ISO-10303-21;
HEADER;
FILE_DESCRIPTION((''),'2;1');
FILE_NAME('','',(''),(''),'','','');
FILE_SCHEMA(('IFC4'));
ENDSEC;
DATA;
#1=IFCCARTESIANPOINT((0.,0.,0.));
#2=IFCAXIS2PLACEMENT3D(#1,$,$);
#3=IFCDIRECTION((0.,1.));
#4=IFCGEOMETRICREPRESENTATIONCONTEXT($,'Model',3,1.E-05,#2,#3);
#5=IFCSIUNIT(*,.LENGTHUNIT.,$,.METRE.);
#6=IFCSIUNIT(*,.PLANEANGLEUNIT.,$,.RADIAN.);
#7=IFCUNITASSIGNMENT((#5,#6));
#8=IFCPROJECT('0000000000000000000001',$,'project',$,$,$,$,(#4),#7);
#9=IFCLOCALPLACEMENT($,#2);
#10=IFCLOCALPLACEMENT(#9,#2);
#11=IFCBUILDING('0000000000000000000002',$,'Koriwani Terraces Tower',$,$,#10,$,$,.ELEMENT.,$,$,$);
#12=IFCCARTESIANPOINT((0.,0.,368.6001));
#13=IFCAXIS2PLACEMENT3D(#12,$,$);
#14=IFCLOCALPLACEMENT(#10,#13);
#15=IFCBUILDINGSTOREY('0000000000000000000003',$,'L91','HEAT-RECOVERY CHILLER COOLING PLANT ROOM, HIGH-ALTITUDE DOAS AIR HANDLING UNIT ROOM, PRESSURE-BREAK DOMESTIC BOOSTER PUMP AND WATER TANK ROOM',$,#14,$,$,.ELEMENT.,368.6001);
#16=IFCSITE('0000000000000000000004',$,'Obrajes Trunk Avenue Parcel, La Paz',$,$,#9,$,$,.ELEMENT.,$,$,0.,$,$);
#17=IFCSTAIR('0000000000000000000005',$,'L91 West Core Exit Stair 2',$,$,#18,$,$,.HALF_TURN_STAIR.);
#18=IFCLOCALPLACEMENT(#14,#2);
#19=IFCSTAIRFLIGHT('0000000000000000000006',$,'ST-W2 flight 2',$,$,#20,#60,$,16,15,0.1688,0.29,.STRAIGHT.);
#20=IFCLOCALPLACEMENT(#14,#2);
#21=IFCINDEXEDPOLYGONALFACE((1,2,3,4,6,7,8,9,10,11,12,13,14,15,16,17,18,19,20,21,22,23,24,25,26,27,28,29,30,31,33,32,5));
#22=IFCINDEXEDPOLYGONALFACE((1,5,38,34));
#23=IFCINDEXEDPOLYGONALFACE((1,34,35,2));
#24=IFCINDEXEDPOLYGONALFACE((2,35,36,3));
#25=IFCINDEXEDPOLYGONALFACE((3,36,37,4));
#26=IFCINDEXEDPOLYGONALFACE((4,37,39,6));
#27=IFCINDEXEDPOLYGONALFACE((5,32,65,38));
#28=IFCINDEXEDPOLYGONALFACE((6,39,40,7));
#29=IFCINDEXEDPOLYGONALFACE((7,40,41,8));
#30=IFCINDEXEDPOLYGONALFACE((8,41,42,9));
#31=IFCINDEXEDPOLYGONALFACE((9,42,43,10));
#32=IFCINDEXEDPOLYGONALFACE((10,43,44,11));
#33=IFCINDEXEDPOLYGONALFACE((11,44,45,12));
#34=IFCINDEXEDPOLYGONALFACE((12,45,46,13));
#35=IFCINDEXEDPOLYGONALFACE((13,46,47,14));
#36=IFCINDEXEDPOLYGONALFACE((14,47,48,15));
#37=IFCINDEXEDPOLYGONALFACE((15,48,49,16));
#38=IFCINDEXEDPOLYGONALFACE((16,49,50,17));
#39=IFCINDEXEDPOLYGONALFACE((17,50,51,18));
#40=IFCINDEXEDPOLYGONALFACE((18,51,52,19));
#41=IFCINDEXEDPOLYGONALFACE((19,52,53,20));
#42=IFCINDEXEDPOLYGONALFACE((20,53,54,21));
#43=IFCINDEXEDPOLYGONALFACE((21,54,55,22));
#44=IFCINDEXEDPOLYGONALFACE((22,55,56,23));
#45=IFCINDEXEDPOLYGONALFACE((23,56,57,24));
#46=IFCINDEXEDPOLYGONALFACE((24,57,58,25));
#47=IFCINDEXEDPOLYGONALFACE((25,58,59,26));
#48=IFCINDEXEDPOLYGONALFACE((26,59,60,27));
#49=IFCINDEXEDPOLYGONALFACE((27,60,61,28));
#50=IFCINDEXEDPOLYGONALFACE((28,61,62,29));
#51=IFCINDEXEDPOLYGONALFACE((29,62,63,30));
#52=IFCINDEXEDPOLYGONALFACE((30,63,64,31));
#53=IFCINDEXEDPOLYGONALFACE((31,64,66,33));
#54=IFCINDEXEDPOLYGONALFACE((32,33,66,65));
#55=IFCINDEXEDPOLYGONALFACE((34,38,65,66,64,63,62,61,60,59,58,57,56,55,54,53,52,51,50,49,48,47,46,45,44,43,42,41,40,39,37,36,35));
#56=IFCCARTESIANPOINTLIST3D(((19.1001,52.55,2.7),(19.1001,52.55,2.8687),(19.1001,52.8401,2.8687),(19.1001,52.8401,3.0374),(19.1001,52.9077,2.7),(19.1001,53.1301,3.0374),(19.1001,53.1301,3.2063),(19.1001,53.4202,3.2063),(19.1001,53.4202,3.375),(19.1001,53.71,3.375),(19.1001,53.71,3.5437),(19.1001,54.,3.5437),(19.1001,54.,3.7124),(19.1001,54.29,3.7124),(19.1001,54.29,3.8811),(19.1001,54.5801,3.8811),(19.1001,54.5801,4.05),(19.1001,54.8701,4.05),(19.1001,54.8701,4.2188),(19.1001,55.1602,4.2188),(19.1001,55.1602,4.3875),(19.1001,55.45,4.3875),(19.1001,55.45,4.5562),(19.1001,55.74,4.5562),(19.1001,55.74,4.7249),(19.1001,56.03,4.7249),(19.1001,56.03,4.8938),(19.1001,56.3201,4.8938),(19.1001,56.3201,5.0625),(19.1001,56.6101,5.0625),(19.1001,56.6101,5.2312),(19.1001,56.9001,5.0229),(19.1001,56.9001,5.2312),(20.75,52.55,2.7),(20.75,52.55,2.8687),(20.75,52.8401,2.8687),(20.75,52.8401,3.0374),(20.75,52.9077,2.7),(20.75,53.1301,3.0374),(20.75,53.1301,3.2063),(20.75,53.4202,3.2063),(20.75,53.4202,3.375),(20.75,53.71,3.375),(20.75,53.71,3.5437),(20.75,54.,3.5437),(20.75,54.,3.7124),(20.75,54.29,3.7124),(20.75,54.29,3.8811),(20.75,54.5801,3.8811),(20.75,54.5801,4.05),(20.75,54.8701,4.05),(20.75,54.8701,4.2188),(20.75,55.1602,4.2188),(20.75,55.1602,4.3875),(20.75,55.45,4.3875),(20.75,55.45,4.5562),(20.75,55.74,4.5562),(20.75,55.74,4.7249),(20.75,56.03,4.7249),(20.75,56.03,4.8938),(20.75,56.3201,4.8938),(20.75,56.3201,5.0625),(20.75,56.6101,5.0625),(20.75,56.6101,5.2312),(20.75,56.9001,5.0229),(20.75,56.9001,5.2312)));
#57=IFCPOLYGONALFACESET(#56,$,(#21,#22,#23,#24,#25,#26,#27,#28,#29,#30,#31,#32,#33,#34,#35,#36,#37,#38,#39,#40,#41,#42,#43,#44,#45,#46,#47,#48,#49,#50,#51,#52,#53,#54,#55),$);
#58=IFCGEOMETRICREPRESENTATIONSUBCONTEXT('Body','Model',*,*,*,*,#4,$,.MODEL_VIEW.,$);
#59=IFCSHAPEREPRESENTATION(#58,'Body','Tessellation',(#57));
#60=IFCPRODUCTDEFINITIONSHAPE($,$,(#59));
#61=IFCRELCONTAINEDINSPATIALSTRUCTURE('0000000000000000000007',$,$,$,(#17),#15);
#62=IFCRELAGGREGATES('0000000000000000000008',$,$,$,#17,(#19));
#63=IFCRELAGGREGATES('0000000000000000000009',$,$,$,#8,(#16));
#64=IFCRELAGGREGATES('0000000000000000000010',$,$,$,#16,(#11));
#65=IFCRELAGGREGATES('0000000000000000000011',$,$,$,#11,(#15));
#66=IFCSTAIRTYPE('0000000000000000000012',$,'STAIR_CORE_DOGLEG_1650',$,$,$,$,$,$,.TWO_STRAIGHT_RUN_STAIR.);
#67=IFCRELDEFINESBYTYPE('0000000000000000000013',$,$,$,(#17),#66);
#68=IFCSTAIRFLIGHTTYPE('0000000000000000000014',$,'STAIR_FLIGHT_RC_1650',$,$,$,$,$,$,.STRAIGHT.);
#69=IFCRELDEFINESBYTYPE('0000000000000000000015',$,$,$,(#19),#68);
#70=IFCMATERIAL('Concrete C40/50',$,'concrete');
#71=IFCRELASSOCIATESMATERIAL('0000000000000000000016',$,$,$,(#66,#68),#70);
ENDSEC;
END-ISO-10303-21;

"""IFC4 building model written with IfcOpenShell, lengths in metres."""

from ifc_helpers import new_model, si_unit, direction, frame, origin, place, context, subcontext, project, spatial, polyline, outline, extrude, material, type_object, element, aggregate, save


model = new_model("IFC4")

# Units and contexts
model_context = context("Model", 3, precision=1e-05, world=origin(), true_north=direction((0.0, 1.0)))
body_context = subcontext(model_context, "Body", "Model", "MODEL_VIEW")
ifc_project = project(units=[si_unit("LENGTHUNIT", "METRE"), si_unit("PLANEANGLEUNIT", "RADIAN")], contexts=[model_context])

# Site, building, storey
site_placement = place(None, origin())
site = spatial("IfcSite", under=ifc_project, at=site_placement, Name="Obrajes Trunk Avenue Parcel, La Paz", CompositionType="ELEMENT", RefElevation=0.0)
building_placement = place(site_placement, origin())
building = spatial("IfcBuilding", under=site, at=building_placement, Name="Koriwani Terraces Tower", CompositionType="ELEMENT")
storey_placement = place(building_placement, frame((0.0, 0.0, 368.6001)))
storey = spatial("IfcBuildingStorey", under=building, at=storey_placement, Name="L91", Description="HEAT-RECOVERY CHILLER COOLING PLANT ROOM, HIGH-ALTITUDE DOAS AIR HANDLING UNIT ROOM, PRESSURE-BREAK DOMESTIC BOOSTER PUMP AND WATER TANK ROOM", CompositionType="ELEMENT", Elevation=368.6001)

# Shared definitions
ifc_material_1 = material(Name="Concrete C40/50", Category="concrete")

# Stair, stair flight
stair_type = type_object("IfcStairType", Name="STAIR_CORE_DOGLEG_1650", PredefinedType="TWO_STRAIGHT_RUN_STAIR", material=ifc_material_1)
stair_placement = place(storey_placement, origin())
stair = element("IfcStair", 1, at=stair_placement, inside=storey, type_object=stair_type, Name="L91 West Core Exit Stair 2", PredefinedType="HALF_TURN_STAIR")
stair_flight_type = type_object("IfcStairFlightType", Name="STAIR_FLIGHT_RC_1650", PredefinedType="STRAIGHT", material=ifc_material_1)
stair_flight_1_placement = place(storey_placement, frame((19.925, 52.55, 2.7), z_axis=(0.0, 0.0, 1.0), x_axis=(0.0, 1.0, 0.0)))
stair_flight_1 = element("IfcStairFlight", 2, at=stair_flight_1_placement, type_object=stair_flight_type, Name="ST-W2 flight 2", NumberOfRisers=16, NumberOfTreads=15, PredefinedType="STRAIGHT", RiserHeight=0.1688, TreadLength=0.29, context=body_context, shape_type="SweptSolid", body=[
    extrude(outline(polyline([(0.0, 0.0), (0.0, 0.1687), (0.29, 0.1687), (0.29, 0.3374), (0.5801, 0.3374), (0.5801, 0.5063), (0.8701, 0.5063), (0.8701, 0.675), (1.1599, 0.675), (1.1599, 0.8438), (1.45, 0.8438), (1.45, 1.0125), (1.74, 1.0125), (1.74, 1.1812), (2.03, 1.1812), (2.03, 1.3501), (2.3201, 1.3501), (2.3201, 1.5188), (2.6101, 1.5188), (2.6101, 1.6875), (2.8999, 1.6875), (2.8999, 1.8562), (3.1899, 1.8562), (3.1899, 2.0249), (3.48, 2.0249), (3.48, 2.1938), (3.77, 2.1938), (3.77, 2.3625), (4.0601, 2.3625), (4.0601, 2.5312), (4.3501, 2.5312), (4.3501, 2.7), (4.3501, 2.323), (0.3577, 0.0), (0.0, 0.0)])), frame((0.0, 0.825, 0.0), z_axis=(0.0, -1.0, 0.0), x_axis=(1.0, 0.0, 0.0)), (0.0, 0.0, 1.0), 1.6499),
])
aggregate(stair, [stair_flight_1])

save(model, "model.ifc")
